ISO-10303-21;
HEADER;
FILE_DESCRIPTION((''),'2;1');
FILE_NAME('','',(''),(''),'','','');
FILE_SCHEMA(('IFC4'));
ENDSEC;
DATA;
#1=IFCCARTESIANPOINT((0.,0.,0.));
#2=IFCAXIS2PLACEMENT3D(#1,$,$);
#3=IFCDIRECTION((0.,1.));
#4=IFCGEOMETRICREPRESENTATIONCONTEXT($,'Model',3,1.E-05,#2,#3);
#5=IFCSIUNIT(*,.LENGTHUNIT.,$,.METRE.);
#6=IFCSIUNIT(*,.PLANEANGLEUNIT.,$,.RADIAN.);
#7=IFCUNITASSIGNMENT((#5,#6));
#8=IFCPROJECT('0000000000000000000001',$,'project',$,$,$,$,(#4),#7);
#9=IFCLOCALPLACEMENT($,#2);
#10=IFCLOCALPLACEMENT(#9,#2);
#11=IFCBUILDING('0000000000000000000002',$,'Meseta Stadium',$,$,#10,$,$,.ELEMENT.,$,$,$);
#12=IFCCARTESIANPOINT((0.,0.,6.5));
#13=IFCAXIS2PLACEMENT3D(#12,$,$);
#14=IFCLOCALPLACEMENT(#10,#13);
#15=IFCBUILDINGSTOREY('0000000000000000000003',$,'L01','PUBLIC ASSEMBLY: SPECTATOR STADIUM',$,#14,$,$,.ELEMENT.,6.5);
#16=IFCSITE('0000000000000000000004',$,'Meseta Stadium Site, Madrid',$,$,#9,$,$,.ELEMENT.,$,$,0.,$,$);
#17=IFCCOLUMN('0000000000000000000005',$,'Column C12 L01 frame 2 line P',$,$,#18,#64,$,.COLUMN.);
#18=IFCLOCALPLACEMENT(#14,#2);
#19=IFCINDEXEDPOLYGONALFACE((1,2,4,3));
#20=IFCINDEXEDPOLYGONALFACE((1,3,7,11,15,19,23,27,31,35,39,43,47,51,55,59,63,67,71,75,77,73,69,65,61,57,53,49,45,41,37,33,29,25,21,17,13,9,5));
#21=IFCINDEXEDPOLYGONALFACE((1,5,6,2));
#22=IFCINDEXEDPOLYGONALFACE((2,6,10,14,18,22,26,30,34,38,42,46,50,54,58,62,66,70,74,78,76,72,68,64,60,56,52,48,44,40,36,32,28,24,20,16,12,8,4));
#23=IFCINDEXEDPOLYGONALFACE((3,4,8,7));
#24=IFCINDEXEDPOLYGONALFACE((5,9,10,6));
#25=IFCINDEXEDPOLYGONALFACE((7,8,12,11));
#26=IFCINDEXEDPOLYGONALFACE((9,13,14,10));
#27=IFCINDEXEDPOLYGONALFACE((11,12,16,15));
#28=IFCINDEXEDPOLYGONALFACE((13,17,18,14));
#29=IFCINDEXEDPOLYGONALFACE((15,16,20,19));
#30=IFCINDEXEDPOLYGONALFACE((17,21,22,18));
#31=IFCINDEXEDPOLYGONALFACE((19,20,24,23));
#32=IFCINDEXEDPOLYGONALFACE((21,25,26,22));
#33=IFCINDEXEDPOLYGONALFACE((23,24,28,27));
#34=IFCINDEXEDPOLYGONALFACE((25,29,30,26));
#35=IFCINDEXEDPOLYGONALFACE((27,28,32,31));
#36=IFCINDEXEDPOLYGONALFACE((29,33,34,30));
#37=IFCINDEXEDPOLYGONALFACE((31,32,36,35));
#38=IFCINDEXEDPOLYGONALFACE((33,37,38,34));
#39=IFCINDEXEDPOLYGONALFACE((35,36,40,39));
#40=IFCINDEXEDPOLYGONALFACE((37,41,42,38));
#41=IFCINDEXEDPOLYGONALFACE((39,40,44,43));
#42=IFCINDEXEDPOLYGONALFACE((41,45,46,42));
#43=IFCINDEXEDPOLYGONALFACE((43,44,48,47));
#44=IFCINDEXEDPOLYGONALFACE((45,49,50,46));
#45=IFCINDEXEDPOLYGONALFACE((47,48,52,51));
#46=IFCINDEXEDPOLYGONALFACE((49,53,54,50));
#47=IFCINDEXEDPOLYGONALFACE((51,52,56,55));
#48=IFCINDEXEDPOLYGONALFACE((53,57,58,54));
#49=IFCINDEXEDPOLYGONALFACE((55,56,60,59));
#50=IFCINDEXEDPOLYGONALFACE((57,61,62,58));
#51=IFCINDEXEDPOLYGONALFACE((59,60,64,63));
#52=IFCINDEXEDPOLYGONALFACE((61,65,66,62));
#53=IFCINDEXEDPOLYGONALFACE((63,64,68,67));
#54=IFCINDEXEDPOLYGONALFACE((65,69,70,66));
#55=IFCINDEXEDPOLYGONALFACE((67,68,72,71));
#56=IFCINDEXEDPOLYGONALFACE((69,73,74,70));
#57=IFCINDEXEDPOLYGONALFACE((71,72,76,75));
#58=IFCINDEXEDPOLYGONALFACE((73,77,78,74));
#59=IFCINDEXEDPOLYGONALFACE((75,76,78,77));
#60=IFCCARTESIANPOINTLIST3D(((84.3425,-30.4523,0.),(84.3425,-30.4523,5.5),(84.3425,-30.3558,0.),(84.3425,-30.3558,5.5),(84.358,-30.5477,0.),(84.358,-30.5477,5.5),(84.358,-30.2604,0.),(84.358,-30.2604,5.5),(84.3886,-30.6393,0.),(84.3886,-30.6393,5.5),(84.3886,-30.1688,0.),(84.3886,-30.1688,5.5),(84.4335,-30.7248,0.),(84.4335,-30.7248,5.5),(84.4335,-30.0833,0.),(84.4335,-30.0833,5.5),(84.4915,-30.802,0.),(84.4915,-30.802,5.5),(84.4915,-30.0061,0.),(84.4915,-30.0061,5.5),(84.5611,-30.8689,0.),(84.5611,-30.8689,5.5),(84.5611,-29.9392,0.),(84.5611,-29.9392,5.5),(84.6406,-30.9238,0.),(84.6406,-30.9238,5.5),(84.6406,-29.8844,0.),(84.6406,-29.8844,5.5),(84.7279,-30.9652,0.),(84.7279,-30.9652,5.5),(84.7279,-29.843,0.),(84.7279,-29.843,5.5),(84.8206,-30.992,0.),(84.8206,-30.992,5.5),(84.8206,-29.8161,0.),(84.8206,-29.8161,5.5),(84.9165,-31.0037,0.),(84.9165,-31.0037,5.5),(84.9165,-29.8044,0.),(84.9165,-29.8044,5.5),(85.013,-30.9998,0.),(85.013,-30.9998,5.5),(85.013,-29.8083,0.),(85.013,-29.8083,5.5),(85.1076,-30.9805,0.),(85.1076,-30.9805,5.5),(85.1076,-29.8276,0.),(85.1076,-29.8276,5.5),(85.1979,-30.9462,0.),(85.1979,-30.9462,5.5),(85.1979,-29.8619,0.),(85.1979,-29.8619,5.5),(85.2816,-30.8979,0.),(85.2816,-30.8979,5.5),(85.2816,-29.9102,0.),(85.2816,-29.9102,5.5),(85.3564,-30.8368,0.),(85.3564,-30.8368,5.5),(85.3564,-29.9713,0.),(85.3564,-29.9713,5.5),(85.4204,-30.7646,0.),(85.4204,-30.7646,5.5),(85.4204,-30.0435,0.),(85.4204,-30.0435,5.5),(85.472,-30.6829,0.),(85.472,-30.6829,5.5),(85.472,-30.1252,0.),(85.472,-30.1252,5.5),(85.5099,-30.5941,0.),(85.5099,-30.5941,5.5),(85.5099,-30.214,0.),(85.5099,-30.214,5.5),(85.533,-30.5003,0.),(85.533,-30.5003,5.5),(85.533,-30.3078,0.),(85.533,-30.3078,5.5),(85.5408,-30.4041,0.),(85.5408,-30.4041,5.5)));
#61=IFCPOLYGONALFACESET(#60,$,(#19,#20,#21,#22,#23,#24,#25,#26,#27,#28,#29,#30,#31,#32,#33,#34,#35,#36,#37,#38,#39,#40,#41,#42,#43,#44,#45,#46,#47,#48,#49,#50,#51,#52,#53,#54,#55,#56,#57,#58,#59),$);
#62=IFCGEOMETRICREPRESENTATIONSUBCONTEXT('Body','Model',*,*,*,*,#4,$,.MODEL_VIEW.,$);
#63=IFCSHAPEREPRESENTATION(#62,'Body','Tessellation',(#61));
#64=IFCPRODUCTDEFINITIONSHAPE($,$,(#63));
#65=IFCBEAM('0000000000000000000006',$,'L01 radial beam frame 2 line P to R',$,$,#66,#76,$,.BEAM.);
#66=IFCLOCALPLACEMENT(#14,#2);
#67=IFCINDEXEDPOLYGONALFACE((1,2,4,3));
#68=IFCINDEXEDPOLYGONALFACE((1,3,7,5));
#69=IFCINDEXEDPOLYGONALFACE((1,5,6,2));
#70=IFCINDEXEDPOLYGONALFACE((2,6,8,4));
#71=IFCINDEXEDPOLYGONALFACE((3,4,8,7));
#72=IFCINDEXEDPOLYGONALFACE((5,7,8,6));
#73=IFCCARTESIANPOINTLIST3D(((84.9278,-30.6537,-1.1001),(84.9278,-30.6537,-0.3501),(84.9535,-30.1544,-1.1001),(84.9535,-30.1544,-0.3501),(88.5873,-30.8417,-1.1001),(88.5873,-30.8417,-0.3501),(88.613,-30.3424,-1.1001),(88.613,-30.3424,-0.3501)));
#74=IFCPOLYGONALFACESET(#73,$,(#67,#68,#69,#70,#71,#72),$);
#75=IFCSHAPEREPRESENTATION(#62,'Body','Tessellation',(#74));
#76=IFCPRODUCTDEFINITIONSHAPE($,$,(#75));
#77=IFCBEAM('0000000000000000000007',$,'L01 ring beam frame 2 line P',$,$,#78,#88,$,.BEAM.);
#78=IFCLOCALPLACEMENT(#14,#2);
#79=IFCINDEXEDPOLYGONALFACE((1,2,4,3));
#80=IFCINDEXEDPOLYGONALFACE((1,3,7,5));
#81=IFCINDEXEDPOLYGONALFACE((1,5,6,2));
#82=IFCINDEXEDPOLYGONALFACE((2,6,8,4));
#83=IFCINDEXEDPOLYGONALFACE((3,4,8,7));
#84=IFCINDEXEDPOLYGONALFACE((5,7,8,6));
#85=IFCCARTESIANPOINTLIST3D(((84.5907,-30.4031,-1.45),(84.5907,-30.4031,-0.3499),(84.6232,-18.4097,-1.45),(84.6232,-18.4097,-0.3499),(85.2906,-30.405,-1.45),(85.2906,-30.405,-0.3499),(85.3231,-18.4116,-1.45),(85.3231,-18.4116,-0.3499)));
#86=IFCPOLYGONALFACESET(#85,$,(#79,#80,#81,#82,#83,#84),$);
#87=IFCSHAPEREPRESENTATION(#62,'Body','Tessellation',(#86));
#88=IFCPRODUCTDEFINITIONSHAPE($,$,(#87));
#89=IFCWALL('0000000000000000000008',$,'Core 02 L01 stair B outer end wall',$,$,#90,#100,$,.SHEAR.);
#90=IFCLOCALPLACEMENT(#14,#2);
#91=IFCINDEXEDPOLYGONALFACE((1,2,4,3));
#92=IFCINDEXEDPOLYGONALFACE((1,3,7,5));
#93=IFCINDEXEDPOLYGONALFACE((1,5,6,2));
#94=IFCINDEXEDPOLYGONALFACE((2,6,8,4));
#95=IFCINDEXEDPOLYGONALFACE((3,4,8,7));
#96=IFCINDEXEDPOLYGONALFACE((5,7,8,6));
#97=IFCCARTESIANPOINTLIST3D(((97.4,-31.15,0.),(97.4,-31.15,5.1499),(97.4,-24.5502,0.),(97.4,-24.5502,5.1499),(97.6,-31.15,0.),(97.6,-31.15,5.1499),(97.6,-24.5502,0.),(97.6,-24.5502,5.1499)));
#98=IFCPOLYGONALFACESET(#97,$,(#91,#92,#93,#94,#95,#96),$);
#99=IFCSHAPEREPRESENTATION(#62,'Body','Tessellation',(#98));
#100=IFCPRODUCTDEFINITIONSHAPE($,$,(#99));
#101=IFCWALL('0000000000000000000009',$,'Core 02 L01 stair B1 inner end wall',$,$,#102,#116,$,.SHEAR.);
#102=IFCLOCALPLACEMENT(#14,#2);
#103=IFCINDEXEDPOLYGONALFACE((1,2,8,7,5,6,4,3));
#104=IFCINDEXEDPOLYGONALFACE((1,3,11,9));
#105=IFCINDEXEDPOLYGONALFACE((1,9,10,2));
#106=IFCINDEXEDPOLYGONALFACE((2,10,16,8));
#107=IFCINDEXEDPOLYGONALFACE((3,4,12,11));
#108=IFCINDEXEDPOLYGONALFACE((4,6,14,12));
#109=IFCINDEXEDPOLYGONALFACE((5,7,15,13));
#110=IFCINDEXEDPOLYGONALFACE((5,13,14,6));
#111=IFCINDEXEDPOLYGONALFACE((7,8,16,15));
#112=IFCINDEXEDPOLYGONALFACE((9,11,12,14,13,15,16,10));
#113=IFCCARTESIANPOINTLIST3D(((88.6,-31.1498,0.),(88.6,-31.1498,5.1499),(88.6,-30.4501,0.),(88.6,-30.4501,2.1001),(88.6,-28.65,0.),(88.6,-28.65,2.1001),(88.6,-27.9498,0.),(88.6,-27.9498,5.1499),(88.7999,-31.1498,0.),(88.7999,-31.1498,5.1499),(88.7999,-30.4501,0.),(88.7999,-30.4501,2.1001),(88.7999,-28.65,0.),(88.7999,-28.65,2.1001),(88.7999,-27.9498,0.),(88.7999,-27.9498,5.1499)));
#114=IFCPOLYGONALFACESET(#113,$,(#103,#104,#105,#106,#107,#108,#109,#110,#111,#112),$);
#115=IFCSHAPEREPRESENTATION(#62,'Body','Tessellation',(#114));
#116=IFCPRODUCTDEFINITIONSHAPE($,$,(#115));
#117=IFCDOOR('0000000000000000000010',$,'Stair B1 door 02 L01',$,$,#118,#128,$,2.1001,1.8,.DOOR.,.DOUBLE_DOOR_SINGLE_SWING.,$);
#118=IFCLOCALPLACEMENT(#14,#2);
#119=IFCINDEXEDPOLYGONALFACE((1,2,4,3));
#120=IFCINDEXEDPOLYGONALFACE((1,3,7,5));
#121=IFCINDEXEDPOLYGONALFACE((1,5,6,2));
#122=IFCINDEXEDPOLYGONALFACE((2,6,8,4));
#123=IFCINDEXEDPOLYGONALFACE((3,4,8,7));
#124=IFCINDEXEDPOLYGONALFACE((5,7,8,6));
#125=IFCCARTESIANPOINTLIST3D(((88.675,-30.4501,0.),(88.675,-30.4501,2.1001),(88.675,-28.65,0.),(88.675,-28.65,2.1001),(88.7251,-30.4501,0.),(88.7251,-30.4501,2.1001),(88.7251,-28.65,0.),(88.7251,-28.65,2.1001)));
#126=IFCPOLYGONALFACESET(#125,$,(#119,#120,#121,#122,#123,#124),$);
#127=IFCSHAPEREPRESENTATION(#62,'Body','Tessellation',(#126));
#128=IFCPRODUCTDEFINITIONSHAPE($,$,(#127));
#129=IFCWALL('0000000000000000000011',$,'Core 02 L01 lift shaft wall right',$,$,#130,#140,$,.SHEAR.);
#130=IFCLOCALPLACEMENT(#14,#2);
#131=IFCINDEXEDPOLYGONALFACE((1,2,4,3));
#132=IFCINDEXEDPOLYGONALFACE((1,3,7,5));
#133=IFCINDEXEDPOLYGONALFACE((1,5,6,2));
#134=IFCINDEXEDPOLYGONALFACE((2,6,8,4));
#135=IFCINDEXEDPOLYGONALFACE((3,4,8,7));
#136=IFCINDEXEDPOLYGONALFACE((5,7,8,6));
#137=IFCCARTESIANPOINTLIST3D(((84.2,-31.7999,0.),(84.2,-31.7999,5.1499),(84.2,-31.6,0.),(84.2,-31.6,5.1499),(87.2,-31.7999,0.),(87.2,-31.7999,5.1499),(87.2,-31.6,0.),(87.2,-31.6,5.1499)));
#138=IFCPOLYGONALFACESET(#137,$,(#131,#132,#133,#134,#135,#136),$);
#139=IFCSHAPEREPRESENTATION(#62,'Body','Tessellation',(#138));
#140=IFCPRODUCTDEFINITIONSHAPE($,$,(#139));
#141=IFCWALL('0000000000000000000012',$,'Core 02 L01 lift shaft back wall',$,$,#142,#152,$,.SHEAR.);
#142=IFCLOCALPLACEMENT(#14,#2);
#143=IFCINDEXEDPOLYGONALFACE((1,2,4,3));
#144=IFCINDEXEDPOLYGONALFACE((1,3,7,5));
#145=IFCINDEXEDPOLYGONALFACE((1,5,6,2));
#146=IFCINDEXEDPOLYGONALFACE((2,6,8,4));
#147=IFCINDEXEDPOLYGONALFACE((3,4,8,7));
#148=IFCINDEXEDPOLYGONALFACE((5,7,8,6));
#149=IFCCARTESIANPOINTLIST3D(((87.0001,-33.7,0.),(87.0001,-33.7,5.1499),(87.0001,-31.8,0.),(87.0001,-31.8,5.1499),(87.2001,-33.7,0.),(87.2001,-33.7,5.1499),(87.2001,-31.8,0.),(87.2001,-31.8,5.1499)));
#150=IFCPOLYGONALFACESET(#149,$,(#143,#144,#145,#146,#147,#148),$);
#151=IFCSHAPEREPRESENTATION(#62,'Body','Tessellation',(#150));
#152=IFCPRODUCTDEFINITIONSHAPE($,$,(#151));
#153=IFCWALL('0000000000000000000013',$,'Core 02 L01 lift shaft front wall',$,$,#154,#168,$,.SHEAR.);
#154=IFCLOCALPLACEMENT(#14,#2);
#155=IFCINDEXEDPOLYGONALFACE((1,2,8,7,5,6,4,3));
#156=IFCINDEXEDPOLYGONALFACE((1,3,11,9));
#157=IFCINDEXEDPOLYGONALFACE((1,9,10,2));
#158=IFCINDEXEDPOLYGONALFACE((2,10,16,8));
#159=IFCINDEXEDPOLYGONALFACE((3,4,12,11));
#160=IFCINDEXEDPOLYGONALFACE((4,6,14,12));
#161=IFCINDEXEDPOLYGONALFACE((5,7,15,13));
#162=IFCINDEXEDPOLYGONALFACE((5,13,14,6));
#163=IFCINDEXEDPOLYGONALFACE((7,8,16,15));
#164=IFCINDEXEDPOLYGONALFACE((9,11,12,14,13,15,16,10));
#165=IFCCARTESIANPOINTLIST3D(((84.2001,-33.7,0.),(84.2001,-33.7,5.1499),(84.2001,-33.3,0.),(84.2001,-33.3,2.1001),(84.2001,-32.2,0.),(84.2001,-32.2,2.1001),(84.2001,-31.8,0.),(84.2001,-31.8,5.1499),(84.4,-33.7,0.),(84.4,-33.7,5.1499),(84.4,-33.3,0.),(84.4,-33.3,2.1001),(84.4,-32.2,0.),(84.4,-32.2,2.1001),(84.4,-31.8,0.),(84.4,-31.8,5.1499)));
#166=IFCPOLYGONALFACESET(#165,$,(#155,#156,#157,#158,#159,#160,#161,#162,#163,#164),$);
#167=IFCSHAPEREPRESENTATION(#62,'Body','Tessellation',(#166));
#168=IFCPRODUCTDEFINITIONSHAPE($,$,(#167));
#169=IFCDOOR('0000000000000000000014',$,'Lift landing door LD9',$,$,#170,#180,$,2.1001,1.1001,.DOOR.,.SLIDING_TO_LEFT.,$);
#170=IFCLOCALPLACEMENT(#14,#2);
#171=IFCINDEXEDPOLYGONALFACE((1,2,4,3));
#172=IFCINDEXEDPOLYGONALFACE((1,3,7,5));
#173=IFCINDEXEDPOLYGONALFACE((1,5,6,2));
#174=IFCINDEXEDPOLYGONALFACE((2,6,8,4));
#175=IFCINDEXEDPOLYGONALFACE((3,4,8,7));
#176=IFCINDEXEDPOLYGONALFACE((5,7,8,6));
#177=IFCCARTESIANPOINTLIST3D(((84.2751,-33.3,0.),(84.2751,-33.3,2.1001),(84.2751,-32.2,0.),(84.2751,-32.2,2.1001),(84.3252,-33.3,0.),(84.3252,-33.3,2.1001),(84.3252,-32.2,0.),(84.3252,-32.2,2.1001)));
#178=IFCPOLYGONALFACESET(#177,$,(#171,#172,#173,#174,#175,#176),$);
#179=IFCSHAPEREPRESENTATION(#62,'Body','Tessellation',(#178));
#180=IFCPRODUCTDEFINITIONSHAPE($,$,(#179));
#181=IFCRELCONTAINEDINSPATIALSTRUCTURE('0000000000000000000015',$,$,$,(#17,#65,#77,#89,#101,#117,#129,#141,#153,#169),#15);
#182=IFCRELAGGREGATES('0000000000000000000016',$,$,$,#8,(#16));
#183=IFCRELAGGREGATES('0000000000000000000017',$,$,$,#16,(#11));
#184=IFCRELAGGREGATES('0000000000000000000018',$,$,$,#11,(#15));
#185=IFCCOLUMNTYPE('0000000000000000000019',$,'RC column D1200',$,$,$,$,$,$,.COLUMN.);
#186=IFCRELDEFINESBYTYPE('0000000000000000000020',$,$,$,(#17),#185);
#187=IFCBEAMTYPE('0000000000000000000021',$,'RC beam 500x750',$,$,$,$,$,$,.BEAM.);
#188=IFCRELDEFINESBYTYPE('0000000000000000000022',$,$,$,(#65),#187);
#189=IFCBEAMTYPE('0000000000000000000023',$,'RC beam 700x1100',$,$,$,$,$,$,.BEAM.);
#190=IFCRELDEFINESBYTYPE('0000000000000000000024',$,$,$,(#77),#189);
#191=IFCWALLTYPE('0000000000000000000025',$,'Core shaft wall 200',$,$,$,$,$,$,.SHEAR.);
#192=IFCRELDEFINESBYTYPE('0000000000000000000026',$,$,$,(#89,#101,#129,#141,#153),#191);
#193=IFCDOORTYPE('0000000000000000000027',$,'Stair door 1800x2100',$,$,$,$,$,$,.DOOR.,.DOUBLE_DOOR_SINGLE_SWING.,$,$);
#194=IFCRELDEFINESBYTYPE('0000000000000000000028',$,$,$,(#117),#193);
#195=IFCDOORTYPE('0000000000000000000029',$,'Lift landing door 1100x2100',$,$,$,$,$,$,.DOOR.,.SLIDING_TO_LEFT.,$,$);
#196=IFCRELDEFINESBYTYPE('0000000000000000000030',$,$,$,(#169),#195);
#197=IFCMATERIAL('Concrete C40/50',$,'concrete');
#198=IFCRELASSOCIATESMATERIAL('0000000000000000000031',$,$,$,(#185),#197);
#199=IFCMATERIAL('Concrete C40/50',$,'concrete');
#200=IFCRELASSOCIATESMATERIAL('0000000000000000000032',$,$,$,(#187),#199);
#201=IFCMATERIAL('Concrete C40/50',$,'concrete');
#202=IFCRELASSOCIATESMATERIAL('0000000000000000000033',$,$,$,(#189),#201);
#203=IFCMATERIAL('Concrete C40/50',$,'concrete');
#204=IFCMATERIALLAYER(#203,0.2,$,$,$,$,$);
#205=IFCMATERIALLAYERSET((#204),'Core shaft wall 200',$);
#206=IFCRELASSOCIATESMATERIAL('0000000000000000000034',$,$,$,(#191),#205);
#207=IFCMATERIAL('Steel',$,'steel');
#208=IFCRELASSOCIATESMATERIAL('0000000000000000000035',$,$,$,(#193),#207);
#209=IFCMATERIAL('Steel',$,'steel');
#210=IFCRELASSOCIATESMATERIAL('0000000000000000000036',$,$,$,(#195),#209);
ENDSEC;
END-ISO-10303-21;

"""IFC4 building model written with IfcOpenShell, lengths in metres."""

from ifc_helpers import new_model, si_unit, direction, frame, frame_2d, origin, origin_2d, place, context, subcontext, project, spatial, rectangle, circle, extrude, material, layer, layer_set, material_profile, profile_set, type_object, element, fill, save


model = new_model("IFC4")

# Units and contexts
model_context = context("Model", 3, precision=1e-05, world=origin(), true_north=direction((0.0, 1.0)))
body_context = subcontext(model_context, "Body", "Model", "MODEL_VIEW")
ifc_project = project(units=[si_unit("LENGTHUNIT", "METRE"), si_unit("PLANEANGLEUNIT", "RADIAN")], contexts=[model_context])

# Site, building, storey
site_placement = place(None, origin())
site = spatial("IfcSite", under=ifc_project, at=site_placement, Name="Meseta Stadium Site, Madrid", CompositionType="ELEMENT", RefElevation=0.0)
building_placement = place(site_placement, origin())
building = spatial("IfcBuilding", under=site, at=building_placement, Name="Meseta Stadium", CompositionType="ELEMENT")
storey_placement = place(building_placement, frame((0.0, 0.0, 6.5)))
storey = spatial("IfcBuildingStorey", under=building, at=storey_placement, Name="L01", Description="PUBLIC ASSEMBLY: SPECTATOR STADIUM", CompositionType="ELEMENT", Elevation=6.5)

# Column
ifc_material_1 = material(Name="Concrete C40/50", Category="concrete")
ifc_material_profile_1 = material_profile(ifc_material_1, circle(Radius=0.6001, at=origin_2d()), Name="RC D1200")
ifc_profile_set_1 = profile_set([ifc_material_profile_1], Name="Concrete C40/50")
column_type = type_object("IfcColumnType", Name="RC column D1200", PredefinedType="COLUMN", material=ifc_profile_set_1)
column_placement = place(storey_placement, frame((84.9407, -30.4041, 0.0), z_axis=(0.0, 0.0, 1.0), x_axis=(1.0, 0.0, 0.0)))
element("IfcColumn", 1, at=column_placement, inside=storey, type_object=column_type, Name="Column C12 L01 frame 2 line P", PredefinedType="COLUMN", context=body_context, shape_type="SweptSolid", body=[
    extrude(circle(Radius=0.6001, at=origin_2d()), origin(), (0.0, 0.0, 1.0), 5.5),
])

# Beams
ifc_material_2 = material(Name="Concrete C40/50", Category="concrete")
ifc_material_profile_2 = material_profile(ifc_material_2, rectangle(XDim=0.5, YDim=0.75, at=origin_2d()), Name="RC 500x750")
ifc_profile_set_2 = profile_set([ifc_material_profile_2], Name="Concrete C40/50")
beam_type_1 = type_object("IfcBeamType", Name="RC beam 500x750", PredefinedType="BEAM", material=ifc_profile_set_2)
beam_1_placement = place(storey_placement, frame((84.9407, -30.4041, -0.7251), z_axis=(0.998683, -0.051303, 0.0), x_axis=(0.051303, 0.998683, 0.0)))
element("IfcBeam", 2, at=beam_1_placement, inside=storey, type_object=beam_type_1, Name="L01 radial beam frame 2 line P to R", PredefinedType="BEAM", context=body_context, shape_type="SweptSolid", body=[
    extrude(rectangle(XDim=0.5, YDim=0.75, at=origin_2d()), origin(), (0.0, 0.0, 1.0), 3.6643),
])
ifc_material_3 = material(Name="Concrete C40/50", Category="concrete")
ifc_material_profile_3 = material_profile(ifc_material_3, rectangle(XDim=0.7, YDim=1.1001, at=origin_2d()), Name="RC 700x1100")
ifc_profile_set_3 = profile_set([ifc_material_profile_3], Name="Concrete C40/50")
beam_type_2 = type_object("IfcBeamType", Name="RC beam 700x1100", PredefinedType="BEAM", material=ifc_profile_set_3)
beam_2_placement = place(storey_placement, frame((84.9407, -30.4041, -0.8999), z_axis=(0.002707, 0.999996, 0.0), x_axis=(-0.999996, 0.002707, 0.0)))
element("IfcBeam", 3, at=beam_2_placement, inside=storey, type_object=beam_type_2, Name="L01 ring beam frame 2 line P", PredefinedType="BEAM", context=body_context, shape_type="SweptSolid", body=[
    extrude(rectangle(XDim=0.7, YDim=1.1001, at=origin_2d()), origin(), (0.0, 0.0, 1.0), 11.9934),
])

# Wall
ifc_material_4 = material(Name="Concrete C40/50", Category="concrete")
ifc_layer = layer(ifc_material_4, 0.2)
ifc_layer_set = layer_set([ifc_layer], Name="Core shaft wall 200")
wall_type = type_object("IfcWallType", Name="Core shaft wall 200", PredefinedType="SHEAR", material=ifc_layer_set)
wall_1_placement = place(storey_placement, frame((97.5, -31.1499, 0.0), z_axis=(0.0, 0.0, 1.0), x_axis=(0.0, 1.0, 0.0)))
element("IfcWall", 4, at=wall_1_placement, inside=storey, type_object=wall_type, Name="Core 02 L01 stair B outer end wall", PredefinedType="SHEAR", context=body_context, shape_type="SweptSolid", body=[
    extrude(rectangle(XDim=6.5999, YDim=0.2, at=frame_2d((3.2998, 0.0))), origin(), (0.0, 0.0, 1.0), 5.1499),
])

# Wall, opening, door
wall_2_placement = place(storey_placement, frame((88.7, -31.1499, 0.0), z_axis=(0.0, 0.0, 1.0), x_axis=(0.0, 1.0, 0.0)))
wall_2 = element("IfcWall", 5, at=wall_2_placement, inside=storey, type_object=wall_type, Name="Core 02 L01 stair B1 inner end wall", PredefinedType="SHEAR", context=body_context, shape_type="SweptSolid", body=[
    extrude(rectangle(XDim=3.2, YDim=0.2, at=frame_2d((1.6001, 0.0))), origin(), (0.0, 0.0, 1.0), 5.1499),
])
opening_1_placement = place(wall_2_placement, frame((0.7, 0.0, 0.0)))
opening_1 = element("IfcOpeningElement", 6, at=opening_1_placement, cuts=wall_2, PredefinedType="OPENING", context=body_context, shape_type="SweptSolid", body=[
    extrude(rectangle(XDim=1.8, YDim=2.1001, at=frame_2d((0.8999, 1.05))), frame((0.0, 0.1099, 0.0), z_axis=(0.0, -1.0, 0.0), x_axis=(1.0, 0.0, 0.0)), (0.0, 0.0, 1.0), 0.22),
])
ifc_material_5 = material(Name="Steel", Category="steel")
door_type_1 = type_object("IfcDoorType", Name="Stair door 1800x2100", OperationType="DOUBLE_DOOR_SINGLE_SWING", PredefinedType="DOOR", material=ifc_material_5)
door_1_placement = place(opening_1_placement, origin())
door_1 = element("IfcDoor", 7, at=door_1_placement, inside=storey, type_object=door_type_1, Name="Stair B1 door 02 L01", OperationType="DOUBLE_DOOR_SINGLE_SWING", OverallHeight=2.1001, OverallWidth=1.8, PredefinedType="DOOR", context=body_context, shape_type="SweptSolid", body=[
    extrude(rectangle(XDim=1.8, YDim=2.1001, at=frame_2d((0.8999, 1.05))), frame((0.0, 0.0249, 0.0), z_axis=(0.0, -1.0, 0.0), x_axis=(1.0, 0.0, 0.0)), (0.0, 0.0, 1.0), 0.05),
])
fill(opening_1, door_1)

# Walls
wall_3_placement = place(storey_placement, frame((87.2, -31.7, 0.0), z_axis=(0.0, 0.0, 1.0), x_axis=(-1.0, 0.0, 0.0)))
element("IfcWall", 8, at=wall_3_placement, inside=storey, type_object=wall_type, Name="Core 02 L01 lift shaft wall right", PredefinedType="SHEAR", context=body_context, shape_type="SweptSolid", body=[
    extrude(rectangle(XDim=3.0, YDim=0.2, at=frame_2d((1.5, 0.0))), origin(), (0.0, 0.0, 1.0), 5.1499),
])
wall_4_placement = place(storey_placement, frame((87.1001, -33.7, 0.0), z_axis=(0.0, 0.0, 1.0), x_axis=(0.0, 1.0, 0.0)))
element("IfcWall", 9, at=wall_4_placement, inside=storey, type_object=wall_type, Name="Core 02 L01 lift shaft back wall", PredefinedType="SHEAR", context=body_context, shape_type="SweptSolid", body=[
    extrude(rectangle(XDim=1.8999, YDim=0.2, at=frame_2d((0.95, 0.0))), origin(), (0.0, 0.0, 1.0), 5.1499),
])

# Wall, opening, door
wall_5_placement = place(storey_placement, frame((84.3, -33.7, 0.0), z_axis=(0.0, 0.0, 1.0), x_axis=(0.0, 1.0, 0.0)))
wall_5 = element("IfcWall", 10, at=wall_5_placement, inside=storey, type_object=wall_type, Name="Core 02 L01 lift shaft front wall", PredefinedType="SHEAR", context=body_context, shape_type="SweptSolid", body=[
    extrude(rectangle(XDim=1.8999, YDim=0.2, at=frame_2d((0.95, 0.0))), origin(), (0.0, 0.0, 1.0), 5.1499),
])
opening_2_placement = place(wall_5_placement, frame((0.3999, 0.0, 0.0)))
opening_2 = element("IfcOpeningElement", 11, at=opening_2_placement, cuts=wall_5, PredefinedType="OPENING", context=body_context, shape_type="SweptSolid", body=[
    extrude(rectangle(XDim=1.1001, YDim=2.1001, at=frame_2d((0.55, 1.05))), frame((0.0, 0.1099, 0.0), z_axis=(0.0, -1.0, 0.0), x_axis=(1.0, 0.0, 0.0)), (0.0, 0.0, 1.0), 0.22),
])
ifc_material_6 = material(Name="Steel", Category="steel")
door_type_2 = type_object("IfcDoorType", Name="Lift landing door 1100x2100", OperationType="SLIDING_TO_LEFT", PredefinedType="DOOR", material=ifc_material_6)
door_2_placement = place(opening_2_placement, origin())
door_2 = element("IfcDoor", 12, at=door_2_placement, inside=storey, type_object=door_type_2, Name="Lift landing door LD9", OperationType="SLIDING_TO_LEFT", OverallHeight=2.1001, OverallWidth=1.1001, PredefinedType="DOOR", context=body_context, shape_type="SweptSolid", body=[
    extrude(rectangle(XDim=1.1001, YDim=2.1001, at=frame_2d((0.55, 1.05))), frame((0.0, 0.0249, 0.0), z_axis=(0.0, -1.0, 0.0), x_axis=(1.0, 0.0, 0.0)), (0.0, 0.0, 1.0), 0.05),
])
fill(opening_2, door_2)

save(model, "model.ifc")
